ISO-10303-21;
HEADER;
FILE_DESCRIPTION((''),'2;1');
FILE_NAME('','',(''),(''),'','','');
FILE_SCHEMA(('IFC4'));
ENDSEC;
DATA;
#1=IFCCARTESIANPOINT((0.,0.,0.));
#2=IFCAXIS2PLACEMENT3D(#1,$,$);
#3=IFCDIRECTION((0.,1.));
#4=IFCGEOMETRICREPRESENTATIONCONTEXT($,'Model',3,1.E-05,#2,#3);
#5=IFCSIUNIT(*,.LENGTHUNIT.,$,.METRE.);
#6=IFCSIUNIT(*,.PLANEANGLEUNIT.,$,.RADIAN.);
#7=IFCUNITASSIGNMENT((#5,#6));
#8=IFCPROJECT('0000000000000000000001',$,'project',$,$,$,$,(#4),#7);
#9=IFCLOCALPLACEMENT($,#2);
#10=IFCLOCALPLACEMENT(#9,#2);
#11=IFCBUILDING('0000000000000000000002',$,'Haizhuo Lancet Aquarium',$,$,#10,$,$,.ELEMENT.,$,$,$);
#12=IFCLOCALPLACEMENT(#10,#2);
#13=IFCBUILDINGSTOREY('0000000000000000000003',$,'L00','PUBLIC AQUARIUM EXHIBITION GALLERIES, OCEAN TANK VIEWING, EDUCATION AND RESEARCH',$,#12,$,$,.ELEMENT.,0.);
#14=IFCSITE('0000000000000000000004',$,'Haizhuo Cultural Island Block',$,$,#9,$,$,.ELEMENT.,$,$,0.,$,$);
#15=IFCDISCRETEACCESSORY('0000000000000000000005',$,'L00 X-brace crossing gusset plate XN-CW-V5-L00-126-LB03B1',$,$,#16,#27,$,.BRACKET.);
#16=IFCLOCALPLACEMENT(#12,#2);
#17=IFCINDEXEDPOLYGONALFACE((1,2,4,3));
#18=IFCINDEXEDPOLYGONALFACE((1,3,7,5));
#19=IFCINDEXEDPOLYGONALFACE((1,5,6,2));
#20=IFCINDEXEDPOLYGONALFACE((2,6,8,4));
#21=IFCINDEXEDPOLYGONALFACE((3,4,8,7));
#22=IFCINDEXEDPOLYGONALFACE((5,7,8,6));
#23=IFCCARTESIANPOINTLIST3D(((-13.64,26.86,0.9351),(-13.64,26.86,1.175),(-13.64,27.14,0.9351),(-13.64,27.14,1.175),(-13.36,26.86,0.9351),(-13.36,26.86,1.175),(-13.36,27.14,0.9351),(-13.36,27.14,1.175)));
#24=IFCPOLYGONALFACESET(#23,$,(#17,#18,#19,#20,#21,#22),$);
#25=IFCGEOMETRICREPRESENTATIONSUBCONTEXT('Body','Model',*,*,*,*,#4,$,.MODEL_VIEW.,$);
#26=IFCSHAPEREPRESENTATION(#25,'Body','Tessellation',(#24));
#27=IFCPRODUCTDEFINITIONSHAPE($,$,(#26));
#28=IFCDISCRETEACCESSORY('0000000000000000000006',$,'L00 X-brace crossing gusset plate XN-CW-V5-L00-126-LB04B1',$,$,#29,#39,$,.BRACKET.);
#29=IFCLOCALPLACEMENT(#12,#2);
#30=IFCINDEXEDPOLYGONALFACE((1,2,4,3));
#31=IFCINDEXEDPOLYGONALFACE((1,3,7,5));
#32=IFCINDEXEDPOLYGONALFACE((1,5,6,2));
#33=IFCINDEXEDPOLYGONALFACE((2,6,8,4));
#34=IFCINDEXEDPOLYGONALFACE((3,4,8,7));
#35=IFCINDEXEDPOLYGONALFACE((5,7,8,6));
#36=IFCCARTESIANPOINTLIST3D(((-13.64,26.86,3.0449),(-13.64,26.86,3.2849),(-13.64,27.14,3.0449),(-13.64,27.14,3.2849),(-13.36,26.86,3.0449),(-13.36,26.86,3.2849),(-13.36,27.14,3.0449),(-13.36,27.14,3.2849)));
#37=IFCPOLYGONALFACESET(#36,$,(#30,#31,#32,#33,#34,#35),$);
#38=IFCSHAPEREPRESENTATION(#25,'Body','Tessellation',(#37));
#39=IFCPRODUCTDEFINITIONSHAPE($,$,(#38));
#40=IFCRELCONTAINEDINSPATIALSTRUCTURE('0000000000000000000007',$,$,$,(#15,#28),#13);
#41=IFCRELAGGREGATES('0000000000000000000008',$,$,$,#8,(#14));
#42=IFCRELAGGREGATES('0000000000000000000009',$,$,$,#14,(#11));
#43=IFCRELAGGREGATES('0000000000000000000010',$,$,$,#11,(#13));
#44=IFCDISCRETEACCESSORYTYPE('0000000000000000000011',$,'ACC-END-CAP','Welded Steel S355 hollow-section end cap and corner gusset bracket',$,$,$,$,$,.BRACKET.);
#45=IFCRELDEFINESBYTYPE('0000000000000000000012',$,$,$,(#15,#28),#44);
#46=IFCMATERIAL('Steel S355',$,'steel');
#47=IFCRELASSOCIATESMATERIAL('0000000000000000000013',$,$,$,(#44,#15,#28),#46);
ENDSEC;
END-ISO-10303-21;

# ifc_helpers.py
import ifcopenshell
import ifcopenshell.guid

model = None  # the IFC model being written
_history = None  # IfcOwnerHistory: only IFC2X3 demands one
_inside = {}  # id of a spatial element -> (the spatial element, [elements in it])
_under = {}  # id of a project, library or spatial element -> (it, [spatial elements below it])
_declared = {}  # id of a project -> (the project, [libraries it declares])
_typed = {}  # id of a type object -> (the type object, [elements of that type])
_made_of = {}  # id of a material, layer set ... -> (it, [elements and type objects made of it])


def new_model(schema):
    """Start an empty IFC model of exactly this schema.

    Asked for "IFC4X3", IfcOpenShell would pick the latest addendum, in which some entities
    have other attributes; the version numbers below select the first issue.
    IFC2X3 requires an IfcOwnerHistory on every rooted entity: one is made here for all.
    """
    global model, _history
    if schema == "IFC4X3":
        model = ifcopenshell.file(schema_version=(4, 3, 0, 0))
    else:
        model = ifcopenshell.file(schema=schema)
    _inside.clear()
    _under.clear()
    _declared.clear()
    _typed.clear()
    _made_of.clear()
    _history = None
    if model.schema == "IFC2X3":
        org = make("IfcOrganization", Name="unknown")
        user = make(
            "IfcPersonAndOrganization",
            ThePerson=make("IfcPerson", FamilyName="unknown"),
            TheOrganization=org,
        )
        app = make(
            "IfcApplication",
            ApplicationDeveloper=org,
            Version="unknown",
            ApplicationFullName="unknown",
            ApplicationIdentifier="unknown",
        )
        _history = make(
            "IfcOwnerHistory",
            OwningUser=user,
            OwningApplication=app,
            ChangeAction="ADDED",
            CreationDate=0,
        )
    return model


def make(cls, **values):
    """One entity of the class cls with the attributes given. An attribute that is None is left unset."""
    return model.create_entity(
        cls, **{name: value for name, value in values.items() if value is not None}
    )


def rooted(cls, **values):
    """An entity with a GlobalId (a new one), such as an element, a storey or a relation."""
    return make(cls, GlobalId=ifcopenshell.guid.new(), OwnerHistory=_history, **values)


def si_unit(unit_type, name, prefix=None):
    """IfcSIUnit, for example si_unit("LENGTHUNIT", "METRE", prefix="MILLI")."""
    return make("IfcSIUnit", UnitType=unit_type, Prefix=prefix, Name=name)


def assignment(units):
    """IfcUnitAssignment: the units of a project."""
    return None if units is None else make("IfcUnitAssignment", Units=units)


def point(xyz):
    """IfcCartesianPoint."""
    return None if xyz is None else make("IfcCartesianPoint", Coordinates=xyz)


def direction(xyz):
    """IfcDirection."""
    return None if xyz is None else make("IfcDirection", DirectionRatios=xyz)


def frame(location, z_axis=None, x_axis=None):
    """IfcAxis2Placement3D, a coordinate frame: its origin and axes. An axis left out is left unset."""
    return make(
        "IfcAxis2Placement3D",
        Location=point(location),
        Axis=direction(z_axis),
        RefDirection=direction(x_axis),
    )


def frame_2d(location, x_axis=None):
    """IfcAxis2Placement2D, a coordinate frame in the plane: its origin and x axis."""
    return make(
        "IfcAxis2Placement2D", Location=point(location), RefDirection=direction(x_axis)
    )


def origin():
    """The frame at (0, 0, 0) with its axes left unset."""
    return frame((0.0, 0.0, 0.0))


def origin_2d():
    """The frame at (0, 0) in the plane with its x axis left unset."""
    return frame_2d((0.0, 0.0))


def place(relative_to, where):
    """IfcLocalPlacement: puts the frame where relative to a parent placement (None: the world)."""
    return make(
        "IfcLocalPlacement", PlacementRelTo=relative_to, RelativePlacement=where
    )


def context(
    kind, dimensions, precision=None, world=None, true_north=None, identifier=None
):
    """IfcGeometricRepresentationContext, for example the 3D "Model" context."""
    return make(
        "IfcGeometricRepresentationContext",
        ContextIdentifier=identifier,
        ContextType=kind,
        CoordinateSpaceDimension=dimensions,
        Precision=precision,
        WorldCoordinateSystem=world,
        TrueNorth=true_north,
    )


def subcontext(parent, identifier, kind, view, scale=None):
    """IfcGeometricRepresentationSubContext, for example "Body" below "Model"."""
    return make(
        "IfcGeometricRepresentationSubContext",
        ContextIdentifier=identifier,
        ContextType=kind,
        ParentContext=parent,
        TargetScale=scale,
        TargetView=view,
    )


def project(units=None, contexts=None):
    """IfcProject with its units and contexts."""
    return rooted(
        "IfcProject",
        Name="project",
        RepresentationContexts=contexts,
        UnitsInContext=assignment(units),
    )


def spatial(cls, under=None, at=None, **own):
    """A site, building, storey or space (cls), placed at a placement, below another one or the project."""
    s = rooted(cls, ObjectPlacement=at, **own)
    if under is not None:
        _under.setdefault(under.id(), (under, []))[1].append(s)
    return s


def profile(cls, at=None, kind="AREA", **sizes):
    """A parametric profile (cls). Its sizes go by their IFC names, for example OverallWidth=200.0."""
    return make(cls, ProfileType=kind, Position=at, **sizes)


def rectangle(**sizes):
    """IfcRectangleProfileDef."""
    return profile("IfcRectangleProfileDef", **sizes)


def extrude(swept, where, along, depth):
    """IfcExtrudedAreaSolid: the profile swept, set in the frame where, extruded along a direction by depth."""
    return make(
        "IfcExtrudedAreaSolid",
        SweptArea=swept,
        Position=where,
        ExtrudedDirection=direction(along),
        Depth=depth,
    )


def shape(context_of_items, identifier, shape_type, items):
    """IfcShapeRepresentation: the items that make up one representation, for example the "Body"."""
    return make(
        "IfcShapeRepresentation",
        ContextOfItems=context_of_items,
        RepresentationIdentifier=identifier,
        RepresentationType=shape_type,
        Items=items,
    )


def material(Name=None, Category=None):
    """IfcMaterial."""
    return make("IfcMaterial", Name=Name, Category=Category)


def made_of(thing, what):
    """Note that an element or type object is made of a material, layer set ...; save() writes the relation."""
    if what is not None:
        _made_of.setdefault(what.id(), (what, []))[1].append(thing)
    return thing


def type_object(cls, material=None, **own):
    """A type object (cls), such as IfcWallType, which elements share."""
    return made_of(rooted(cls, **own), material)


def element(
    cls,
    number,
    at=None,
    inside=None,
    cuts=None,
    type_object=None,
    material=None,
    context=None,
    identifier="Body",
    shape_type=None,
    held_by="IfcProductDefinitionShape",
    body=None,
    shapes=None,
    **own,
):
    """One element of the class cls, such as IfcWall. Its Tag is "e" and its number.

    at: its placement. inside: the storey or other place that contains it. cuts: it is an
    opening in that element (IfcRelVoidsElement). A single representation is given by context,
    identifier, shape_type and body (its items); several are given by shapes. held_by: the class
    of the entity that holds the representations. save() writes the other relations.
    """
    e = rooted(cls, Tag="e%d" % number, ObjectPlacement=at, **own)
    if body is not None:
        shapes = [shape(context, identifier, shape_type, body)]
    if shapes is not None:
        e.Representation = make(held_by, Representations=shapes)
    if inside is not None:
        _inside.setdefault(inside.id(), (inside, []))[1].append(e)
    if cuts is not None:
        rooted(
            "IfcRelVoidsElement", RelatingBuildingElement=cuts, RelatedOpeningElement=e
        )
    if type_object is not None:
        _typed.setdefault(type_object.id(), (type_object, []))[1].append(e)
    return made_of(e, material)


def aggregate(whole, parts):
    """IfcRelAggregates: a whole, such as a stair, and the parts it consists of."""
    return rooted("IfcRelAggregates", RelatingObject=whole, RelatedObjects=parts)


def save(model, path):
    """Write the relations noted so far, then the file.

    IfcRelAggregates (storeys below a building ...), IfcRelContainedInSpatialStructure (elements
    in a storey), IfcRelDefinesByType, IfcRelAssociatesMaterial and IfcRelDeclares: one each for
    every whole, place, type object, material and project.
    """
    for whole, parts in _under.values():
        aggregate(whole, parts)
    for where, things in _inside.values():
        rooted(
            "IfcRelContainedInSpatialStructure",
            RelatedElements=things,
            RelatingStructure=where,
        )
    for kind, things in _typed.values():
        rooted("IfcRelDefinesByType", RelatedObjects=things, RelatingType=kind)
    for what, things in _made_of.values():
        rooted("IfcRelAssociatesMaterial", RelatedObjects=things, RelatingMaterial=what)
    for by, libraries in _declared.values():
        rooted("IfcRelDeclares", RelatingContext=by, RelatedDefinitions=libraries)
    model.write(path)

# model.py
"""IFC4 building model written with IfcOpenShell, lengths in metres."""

from ifc_helpers import new_model, si_unit, direction, frame, origin, origin_2d, place, context, subcontext, project, spatial, rectangle, extrude, material, type_object, element, save


model = new_model("IFC4")

# Units and contexts
model_context = context("Model", 3, precision=1e-05, world=origin(), true_north=direction((0.0, 1.0)))
body_context = subcontext(model_context, "Body", "Model", "MODEL_VIEW")
ifc_project = project(units=[si_unit("LENGTHUNIT", "METRE"), si_unit("PLANEANGLEUNIT", "RADIAN")], contexts=[model_context])

# Site, building, storey
site_placement = place(None, origin())
site = spatial("IfcSite", under=ifc_project, at=site_placement, Name="Haizhuo Cultural Island Block", CompositionType="ELEMENT", RefElevation=0.0)
building_placement = place(site_placement, origin())
building = spatial("IfcBuilding", under=site, at=building_placement, Name="Haizhuo Lancet Aquarium", CompositionType="ELEMENT")
storey_placement = place(building_placement, origin())
storey = spatial("IfcBuildingStorey", under=building, at=storey_placement, Name="L00", Description="PUBLIC AQUARIUM EXHIBITION GALLERIES, OCEAN TANK VIEWING, EDUCATION AND RESEARCH", CompositionType="ELEMENT", Elevation=0.0)

# Shared definitions
ifc_material_1 = material(Name="Steel S355", Category="steel")

# Discrete accessories
discrete_accessory_type = type_object("IfcDiscreteAccessoryType", Name="ACC-END-CAP", Description="Welded Steel S355 hollow-section end cap and corner gusset bracket", PredefinedType="BRACKET", material=ifc_material_1)
for number, where, z_axis, x_axis, name in (
    (1, (-13.5, 27.0, 0.9351), (0.0, 0.0, 1.0), (1.0, 0.0, 0.0), "L00 X-brace crossing gusset plate XN-CW-V5-L00-126-LB03B1"),
    (2, (-13.5, 27.0, 3.0449), (0.0, 0.0, 1.0), (1.0, 0.0, 0.0), "L00 X-brace crossing gusset plate XN-CW-V5-L00-126-LB04B1"),
):
    element("IfcDiscreteAccessory", number, at=place(storey_placement, frame(where, z_axis=z_axis, x_axis=x_axis)), inside=storey, type_object=discrete_accessory_type, material=ifc_material_1, Name=name, PredefinedType="BRACKET", context=body_context, shape_type="SweptSolid", body=[
        extrude(rectangle(XDim=0.28, YDim=0.28, at=origin_2d()), origin(), (0.0, 0.0, 1.0), 0.24),
    ])

save(model, "model.ifc")
